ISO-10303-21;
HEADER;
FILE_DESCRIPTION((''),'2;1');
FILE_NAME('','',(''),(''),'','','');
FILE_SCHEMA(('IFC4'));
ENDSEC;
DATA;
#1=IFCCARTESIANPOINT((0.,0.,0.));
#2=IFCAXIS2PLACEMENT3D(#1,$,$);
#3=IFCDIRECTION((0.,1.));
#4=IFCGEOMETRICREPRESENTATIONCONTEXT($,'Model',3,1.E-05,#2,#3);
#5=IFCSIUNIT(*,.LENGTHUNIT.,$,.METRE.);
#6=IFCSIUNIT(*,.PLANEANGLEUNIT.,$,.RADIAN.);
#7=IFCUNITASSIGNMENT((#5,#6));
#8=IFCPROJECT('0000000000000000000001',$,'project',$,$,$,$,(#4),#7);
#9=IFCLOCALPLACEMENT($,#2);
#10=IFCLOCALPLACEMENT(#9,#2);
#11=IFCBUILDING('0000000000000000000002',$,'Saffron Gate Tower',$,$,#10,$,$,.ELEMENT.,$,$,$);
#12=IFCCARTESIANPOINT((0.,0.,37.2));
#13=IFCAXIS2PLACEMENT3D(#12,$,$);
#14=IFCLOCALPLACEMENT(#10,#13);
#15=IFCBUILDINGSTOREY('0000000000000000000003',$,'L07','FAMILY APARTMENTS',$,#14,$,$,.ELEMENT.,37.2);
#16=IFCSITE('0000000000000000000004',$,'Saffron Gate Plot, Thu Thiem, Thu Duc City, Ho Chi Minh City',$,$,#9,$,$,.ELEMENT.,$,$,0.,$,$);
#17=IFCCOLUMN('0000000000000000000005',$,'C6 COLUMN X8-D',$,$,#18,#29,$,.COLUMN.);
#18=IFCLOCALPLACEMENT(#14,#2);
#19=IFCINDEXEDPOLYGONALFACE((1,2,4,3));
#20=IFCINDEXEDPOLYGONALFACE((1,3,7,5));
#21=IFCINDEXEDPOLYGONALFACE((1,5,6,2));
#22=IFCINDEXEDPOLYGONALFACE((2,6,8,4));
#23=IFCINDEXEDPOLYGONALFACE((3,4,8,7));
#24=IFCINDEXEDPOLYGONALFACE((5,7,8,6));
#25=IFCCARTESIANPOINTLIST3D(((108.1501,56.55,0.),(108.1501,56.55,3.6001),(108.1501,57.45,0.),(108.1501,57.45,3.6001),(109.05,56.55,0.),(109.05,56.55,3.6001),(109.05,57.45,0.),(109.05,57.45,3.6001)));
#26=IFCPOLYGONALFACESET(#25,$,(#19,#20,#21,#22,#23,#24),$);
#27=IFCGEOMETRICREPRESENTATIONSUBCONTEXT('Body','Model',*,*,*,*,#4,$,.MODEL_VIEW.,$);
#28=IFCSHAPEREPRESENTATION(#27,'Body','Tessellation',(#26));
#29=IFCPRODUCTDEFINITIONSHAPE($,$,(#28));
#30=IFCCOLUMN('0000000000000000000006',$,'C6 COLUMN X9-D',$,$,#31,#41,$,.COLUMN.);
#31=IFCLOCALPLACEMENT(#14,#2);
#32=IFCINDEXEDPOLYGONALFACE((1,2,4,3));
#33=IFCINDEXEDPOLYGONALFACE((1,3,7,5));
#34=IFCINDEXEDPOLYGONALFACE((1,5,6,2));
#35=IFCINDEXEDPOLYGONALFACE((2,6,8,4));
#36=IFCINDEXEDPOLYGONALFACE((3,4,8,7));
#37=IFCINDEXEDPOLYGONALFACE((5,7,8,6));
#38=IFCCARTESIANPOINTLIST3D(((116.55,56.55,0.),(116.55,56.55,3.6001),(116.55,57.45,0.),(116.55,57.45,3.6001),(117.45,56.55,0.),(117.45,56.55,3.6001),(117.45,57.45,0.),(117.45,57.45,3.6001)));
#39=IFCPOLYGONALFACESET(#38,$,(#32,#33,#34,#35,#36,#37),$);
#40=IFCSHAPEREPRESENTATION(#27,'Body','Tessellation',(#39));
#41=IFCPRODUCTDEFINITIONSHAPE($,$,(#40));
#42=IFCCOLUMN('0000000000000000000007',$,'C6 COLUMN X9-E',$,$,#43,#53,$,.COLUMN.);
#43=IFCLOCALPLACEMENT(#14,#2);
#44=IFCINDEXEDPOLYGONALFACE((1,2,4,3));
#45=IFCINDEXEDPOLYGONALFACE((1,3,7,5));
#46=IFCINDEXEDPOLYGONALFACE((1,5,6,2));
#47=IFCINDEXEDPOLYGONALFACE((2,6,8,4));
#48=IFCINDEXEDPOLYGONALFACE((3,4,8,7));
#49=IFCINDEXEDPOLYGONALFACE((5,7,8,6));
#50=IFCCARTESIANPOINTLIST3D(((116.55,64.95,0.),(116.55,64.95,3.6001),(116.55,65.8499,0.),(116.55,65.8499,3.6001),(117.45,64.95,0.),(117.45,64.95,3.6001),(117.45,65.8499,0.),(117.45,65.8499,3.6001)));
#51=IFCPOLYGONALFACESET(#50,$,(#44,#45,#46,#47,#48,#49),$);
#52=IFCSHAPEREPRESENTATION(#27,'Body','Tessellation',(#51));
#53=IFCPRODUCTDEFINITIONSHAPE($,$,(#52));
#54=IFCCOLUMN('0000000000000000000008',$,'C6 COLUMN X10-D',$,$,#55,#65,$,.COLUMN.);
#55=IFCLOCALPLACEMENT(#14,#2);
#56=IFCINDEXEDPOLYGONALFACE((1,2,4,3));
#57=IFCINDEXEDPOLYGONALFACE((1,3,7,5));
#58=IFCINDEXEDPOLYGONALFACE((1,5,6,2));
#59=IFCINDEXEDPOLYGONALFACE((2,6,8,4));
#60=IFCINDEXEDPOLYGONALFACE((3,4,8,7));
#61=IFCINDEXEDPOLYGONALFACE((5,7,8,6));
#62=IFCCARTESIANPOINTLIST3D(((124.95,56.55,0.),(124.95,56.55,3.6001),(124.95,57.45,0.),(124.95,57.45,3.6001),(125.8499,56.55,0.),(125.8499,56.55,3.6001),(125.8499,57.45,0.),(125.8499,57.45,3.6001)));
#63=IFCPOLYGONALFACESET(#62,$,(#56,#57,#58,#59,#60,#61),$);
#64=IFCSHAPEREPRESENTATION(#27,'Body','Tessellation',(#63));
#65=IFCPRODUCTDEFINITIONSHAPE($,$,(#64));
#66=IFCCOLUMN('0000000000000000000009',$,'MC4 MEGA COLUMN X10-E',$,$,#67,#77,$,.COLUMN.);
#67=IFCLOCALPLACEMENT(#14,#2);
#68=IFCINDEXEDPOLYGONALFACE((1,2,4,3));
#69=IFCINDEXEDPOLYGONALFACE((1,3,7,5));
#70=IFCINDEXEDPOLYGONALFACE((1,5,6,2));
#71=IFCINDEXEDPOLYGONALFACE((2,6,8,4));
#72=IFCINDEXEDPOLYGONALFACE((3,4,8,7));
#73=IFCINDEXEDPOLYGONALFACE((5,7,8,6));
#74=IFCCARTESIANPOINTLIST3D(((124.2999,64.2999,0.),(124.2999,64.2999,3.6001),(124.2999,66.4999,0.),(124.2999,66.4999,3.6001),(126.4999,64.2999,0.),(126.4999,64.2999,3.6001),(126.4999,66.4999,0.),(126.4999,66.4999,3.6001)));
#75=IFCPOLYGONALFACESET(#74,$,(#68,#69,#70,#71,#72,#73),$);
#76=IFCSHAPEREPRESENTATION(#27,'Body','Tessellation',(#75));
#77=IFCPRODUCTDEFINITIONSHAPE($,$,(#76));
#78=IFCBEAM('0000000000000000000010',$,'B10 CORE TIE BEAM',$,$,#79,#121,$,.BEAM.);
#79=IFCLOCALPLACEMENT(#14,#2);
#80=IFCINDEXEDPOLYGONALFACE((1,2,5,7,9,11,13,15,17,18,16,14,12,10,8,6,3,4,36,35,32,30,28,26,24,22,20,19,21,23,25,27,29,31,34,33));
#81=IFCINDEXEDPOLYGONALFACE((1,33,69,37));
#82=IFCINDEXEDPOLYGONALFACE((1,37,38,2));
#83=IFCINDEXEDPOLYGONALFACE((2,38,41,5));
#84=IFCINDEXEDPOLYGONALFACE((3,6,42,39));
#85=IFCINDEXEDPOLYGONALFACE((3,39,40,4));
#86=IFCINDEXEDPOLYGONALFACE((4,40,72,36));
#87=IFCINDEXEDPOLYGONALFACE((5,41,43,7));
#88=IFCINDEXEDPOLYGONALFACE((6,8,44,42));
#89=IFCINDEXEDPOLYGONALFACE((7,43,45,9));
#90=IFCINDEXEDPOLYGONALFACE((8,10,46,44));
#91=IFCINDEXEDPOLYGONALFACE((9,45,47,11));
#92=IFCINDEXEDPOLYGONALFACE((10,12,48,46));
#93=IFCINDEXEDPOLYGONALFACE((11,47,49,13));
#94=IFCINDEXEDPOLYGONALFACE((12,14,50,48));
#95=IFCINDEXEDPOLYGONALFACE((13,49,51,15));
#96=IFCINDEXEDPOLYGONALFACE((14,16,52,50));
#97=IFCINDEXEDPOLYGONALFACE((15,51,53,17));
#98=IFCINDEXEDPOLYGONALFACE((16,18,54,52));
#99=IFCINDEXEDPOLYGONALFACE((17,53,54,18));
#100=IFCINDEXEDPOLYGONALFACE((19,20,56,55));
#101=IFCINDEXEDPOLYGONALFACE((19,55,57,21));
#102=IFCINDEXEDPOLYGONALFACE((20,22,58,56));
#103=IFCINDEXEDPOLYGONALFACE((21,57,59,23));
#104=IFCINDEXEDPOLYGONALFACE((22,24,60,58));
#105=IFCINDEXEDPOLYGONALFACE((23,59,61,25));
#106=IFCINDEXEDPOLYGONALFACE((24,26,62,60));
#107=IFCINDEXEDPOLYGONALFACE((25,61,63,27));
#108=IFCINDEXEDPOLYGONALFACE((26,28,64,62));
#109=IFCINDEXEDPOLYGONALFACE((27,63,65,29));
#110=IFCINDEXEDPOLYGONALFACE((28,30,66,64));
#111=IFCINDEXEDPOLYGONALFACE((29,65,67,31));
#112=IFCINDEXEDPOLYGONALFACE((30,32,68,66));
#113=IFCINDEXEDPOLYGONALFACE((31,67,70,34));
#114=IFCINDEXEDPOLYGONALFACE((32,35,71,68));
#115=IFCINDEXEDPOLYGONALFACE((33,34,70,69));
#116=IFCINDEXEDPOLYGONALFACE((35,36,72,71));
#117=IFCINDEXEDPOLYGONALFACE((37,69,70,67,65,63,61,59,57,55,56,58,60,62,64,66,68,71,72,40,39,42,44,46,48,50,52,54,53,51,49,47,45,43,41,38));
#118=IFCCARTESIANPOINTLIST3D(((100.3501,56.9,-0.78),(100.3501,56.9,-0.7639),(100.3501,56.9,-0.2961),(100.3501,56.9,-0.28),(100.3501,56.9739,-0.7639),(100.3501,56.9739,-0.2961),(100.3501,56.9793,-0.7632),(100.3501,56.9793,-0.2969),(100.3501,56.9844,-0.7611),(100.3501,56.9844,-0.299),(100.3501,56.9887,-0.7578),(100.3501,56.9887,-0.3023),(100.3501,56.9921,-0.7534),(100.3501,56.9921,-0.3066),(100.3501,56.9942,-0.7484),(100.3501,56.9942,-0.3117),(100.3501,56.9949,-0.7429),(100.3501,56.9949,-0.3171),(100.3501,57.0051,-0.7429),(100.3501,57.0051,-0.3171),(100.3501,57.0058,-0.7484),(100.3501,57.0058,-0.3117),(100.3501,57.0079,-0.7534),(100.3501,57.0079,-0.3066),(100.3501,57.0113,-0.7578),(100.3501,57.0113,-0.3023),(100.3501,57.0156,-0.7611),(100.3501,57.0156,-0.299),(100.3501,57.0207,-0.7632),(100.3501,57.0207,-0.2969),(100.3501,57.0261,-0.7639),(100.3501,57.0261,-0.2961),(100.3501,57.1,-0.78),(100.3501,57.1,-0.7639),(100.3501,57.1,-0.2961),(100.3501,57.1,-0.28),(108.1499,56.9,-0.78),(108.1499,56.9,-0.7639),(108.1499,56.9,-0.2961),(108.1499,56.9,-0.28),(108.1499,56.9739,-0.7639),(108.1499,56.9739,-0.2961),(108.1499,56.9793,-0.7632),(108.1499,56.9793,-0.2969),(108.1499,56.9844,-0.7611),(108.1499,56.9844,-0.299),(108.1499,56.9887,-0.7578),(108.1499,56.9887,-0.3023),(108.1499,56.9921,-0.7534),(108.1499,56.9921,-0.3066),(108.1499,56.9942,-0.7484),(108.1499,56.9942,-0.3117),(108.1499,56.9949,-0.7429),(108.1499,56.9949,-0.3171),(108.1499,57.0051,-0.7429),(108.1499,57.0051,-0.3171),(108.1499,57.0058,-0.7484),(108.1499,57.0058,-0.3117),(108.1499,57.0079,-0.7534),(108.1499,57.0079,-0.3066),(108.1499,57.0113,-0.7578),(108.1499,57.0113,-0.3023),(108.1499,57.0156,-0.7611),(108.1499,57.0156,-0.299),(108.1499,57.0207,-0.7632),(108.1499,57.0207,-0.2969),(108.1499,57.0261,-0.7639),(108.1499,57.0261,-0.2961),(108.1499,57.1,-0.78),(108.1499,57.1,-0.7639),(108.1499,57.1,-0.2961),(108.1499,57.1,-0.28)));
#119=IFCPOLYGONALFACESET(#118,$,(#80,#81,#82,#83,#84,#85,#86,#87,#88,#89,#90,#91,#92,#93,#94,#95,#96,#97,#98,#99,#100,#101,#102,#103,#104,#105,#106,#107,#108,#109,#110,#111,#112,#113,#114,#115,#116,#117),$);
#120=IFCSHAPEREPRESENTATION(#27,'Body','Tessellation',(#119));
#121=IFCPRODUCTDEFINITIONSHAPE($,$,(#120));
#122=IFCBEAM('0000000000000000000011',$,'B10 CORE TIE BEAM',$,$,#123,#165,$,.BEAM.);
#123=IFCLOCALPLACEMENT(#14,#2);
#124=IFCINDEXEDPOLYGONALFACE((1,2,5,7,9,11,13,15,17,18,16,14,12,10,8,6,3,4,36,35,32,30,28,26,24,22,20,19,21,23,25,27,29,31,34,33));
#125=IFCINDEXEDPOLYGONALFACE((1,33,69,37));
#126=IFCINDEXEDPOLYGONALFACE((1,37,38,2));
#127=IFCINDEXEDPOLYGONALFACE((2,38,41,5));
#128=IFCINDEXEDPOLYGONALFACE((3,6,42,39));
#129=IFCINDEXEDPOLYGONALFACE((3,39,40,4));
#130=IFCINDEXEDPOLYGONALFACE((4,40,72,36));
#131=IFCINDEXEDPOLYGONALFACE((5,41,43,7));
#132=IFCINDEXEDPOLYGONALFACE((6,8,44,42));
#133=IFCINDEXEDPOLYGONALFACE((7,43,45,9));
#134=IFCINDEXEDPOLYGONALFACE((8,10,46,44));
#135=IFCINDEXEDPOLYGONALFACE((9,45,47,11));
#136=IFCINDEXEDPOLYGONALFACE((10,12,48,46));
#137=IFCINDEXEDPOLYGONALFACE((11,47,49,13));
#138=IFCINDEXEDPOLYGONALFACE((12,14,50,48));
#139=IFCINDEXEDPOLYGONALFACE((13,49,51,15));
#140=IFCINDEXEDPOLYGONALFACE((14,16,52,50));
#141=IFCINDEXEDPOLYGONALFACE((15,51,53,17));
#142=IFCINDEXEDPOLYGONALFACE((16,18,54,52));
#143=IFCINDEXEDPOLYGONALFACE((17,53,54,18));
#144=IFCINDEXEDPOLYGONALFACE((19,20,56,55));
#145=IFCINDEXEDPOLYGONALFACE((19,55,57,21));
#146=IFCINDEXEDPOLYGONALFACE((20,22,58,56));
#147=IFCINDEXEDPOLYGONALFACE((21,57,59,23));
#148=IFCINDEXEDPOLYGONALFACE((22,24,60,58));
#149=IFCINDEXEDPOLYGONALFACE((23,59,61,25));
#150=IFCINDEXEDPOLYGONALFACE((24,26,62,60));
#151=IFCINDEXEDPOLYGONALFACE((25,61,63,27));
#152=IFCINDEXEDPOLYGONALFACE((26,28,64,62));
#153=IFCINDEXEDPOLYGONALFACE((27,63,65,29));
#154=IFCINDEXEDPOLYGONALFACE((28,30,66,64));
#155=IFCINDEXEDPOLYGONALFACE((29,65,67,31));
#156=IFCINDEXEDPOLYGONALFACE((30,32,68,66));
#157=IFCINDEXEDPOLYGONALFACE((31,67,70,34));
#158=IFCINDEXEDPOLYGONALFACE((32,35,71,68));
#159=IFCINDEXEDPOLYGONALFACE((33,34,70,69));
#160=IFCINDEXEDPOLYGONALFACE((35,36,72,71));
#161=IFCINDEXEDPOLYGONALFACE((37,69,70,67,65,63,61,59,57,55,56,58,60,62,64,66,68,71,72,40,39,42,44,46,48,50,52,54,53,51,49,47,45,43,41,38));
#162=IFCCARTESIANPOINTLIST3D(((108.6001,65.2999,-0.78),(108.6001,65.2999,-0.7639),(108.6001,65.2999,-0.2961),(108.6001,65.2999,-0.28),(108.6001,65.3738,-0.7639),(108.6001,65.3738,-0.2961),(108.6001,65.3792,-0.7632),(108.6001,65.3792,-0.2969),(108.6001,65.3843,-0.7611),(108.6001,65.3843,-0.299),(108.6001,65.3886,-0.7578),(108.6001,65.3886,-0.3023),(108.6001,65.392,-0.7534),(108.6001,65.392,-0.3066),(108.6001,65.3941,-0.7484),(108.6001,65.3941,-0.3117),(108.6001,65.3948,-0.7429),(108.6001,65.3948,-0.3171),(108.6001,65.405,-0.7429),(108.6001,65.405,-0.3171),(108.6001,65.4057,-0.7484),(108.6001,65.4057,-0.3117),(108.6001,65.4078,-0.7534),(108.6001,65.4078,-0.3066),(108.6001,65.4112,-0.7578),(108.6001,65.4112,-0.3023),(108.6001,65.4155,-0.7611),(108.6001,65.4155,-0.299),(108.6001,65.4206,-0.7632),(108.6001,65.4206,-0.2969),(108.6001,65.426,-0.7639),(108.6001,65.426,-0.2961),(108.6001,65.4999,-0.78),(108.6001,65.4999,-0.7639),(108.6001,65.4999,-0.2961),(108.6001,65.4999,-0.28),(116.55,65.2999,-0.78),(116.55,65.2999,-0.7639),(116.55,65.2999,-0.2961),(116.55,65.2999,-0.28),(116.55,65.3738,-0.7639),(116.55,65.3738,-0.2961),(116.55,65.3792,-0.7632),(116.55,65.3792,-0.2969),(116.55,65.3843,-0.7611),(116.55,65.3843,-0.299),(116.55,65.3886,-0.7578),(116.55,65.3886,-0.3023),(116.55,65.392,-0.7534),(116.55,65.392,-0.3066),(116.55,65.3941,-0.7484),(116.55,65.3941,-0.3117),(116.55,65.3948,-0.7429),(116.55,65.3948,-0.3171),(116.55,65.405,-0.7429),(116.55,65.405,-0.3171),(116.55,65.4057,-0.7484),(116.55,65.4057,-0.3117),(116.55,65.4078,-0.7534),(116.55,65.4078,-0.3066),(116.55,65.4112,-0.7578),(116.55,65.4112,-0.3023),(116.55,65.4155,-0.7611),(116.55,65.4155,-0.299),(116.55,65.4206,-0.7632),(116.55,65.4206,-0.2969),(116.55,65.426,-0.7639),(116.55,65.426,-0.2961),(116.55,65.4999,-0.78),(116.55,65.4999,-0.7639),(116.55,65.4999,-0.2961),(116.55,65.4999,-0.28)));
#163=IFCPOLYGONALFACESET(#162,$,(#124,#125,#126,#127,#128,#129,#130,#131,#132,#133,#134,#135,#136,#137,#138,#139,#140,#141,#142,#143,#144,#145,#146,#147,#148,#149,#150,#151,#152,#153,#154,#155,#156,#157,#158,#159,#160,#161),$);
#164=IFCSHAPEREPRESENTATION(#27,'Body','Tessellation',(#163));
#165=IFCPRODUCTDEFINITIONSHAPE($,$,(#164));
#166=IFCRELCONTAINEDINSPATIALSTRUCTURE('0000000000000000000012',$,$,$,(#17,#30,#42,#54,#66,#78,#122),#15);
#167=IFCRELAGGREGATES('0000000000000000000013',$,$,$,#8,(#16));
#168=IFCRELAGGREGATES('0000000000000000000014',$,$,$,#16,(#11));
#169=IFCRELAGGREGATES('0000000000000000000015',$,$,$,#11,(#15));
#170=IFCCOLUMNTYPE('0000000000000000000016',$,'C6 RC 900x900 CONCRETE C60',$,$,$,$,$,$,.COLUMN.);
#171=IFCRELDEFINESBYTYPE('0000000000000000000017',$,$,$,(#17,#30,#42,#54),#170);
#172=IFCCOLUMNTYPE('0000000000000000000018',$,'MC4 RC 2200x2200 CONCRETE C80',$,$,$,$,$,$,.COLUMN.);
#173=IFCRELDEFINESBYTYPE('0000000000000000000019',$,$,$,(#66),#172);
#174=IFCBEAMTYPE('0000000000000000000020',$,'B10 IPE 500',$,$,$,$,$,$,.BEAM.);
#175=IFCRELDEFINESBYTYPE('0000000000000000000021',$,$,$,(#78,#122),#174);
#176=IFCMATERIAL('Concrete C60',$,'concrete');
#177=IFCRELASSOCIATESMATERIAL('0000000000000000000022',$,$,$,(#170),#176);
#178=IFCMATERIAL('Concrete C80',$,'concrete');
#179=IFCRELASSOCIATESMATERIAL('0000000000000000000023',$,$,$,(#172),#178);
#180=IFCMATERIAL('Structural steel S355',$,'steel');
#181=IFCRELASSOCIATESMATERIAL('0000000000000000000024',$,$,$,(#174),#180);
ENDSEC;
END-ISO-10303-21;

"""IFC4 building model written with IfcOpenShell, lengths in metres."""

from ifc_helpers import new_model, si_unit, direction, frame, origin, origin_2d, place, context, subcontext, project, spatial, rectangle, i_section, extrude, material, material_profile, profile_set, type_object, element, save


model = new_model("IFC4")

# Units and contexts
model_context = context("Model", 3, precision=1e-05, world=origin(), true_north=direction((0.0, 1.0)))
body_context = subcontext(model_context, "Body", "Model", "MODEL_VIEW")
ifc_project = project(units=[si_unit("LENGTHUNIT", "METRE"), si_unit("PLANEANGLEUNIT", "RADIAN")], contexts=[model_context])

# Site, building, storey
site_placement = place(None, origin())
site = spatial("IfcSite", under=ifc_project, at=site_placement, Name="Saffron Gate Plot, Thu Thiem, Thu Duc City, Ho Chi Minh City", CompositionType="ELEMENT", RefElevation=0.0)
building_placement = place(site_placement, origin())
building = spatial("IfcBuilding", under=site, at=building_placement, Name="Saffron Gate Tower", CompositionType="ELEMENT")
storey_placement = place(building_placement, frame((0.0, 0.0, 37.2)))
storey = spatial("IfcBuildingStorey", under=building, at=storey_placement, Name="L07", Description="FAMILY APARTMENTS", CompositionType="ELEMENT", Elevation=37.2)

# Columns
ifc_material_1 = material(Name="Concrete C60", Category="concrete")
ifc_material_profile_1 = material_profile(ifc_material_1, rectangle(XDim=0.8999, YDim=0.8999, at=origin_2d()))
ifc_profile_set_1 = profile_set([ifc_material_profile_1], Name="Concrete C60")
column_type_1 = type_object("IfcColumnType", Name="C6 RC 900x900 CONCRETE C60", PredefinedType="COLUMN", material=ifc_profile_set_1)
for number, where, z_axis, x_axis, name in (
    (1, (108.6001, 57.0, 0.0), (0.0, 0.0, 1.0), (1.0, 0.0, 0.0), "C6 COLUMN X8-D"),
    (2, (117.0, 57.0, 0.0), (0.0, 0.0, 1.0), (1.0, 0.0, 0.0), "C6 COLUMN X9-D"),
    (3, (117.0, 65.3999, 0.0), (0.0, 0.0, 1.0), (1.0, 0.0, 0.0), "C6 COLUMN X9-E"),
    (4, (125.3999, 57.0, 0.0), (0.0, 0.0, 1.0), (1.0, 0.0, 0.0), "C6 COLUMN X10-D"),
):
    element("IfcColumn", number, at=place(storey_placement, frame(where, z_axis=z_axis, x_axis=x_axis)), inside=storey, type_object=column_type_1, Name=name, PredefinedType="COLUMN", context=body_context, shape_type="SweptSolid", body=[
        extrude(rectangle(XDim=0.8999, YDim=0.8999, at=origin_2d()), origin(), (0.0, 0.0, 1.0), 3.6001),
    ])
ifc_material_2 = material(Name="Concrete C80", Category="concrete")
ifc_material_profile_2 = material_profile(ifc_material_2, rectangle(XDim=2.2, YDim=2.2, at=origin_2d()))
ifc_profile_set_2 = profile_set([ifc_material_profile_2], Name="Concrete C80")
column_type_2 = type_object("IfcColumnType", Name="MC4 RC 2200x2200 CONCRETE C80", PredefinedType="COLUMN", material=ifc_profile_set_2)
column_placement = place(storey_placement, frame((125.3999, 65.3999, 0.0), z_axis=(0.0, 0.0, 1.0), x_axis=(1.0, 0.0, 0.0)))
element("IfcColumn", 5, at=column_placement, inside=storey, type_object=column_type_2, Name="MC4 MEGA COLUMN X10-E", PredefinedType="COLUMN", context=body_context, shape_type="SweptSolid", body=[
    extrude(rectangle(XDim=2.2, YDim=2.2, at=origin_2d()), origin(), (0.0, 0.0, 1.0), 3.6001),
])

# Beams
ifc_material_3 = material(Name="Structural steel S355", Category="steel")
ifc_material_profile_3 = material_profile(ifc_material_3, i_section(OverallWidth=0.2, OverallDepth=0.5, WebThickness=0.0103, FlangeThickness=0.0161, FilletRadius=0.021, at=origin_2d()))
ifc_profile_set_3 = profile_set([ifc_material_profile_3], Name="Structural steel S355")
beam_type_1 = type_object("IfcBeamType", Name="B10 IPE 500", PredefinedType="BEAM", material=ifc_profile_set_3)
beam_1_placement = place(storey_placement, frame((108.1499, 57.0, -0.53), z_axis=(-1.0, 0.0, 0.0), x_axis=(0.0, -1.0, 0.0)))
element("IfcBeam", 6, at=beam_1_placement, inside=storey, type_object=beam_type_1, Name="B10 CORE TIE BEAM", PredefinedType="BEAM", context=body_context, shape_type="SweptSolid", body=[
    extrude(i_section(OverallWidth=0.2, OverallDepth=0.5, WebThickness=0.0103, FlangeThickness=0.0161, FilletRadius=0.021, at=origin_2d()), origin(), (0.0, 0.0, 1.0), 7.7998),
])
beam_2_placement = place(storey_placement, frame((116.55, 65.3999, -0.53), z_axis=(-1.0, 0.0, 0.0), x_axis=(0.0, -1.0, 0.0)))
element("IfcBeam", 7, at=beam_2_placement, inside=storey, type_object=beam_type_1, Name="B10 CORE TIE BEAM", PredefinedType="BEAM", context=body_context, shape_type="SweptSolid", body=[
    extrude(i_section(OverallWidth=0.2, OverallDepth=0.5, WebThickness=0.0103, FlangeThickness=0.0161, FilletRadius=0.021, at=origin_2d()), origin(), (0.0, 0.0, 1.0), 7.95),
])

save(model, "model.ifc")
